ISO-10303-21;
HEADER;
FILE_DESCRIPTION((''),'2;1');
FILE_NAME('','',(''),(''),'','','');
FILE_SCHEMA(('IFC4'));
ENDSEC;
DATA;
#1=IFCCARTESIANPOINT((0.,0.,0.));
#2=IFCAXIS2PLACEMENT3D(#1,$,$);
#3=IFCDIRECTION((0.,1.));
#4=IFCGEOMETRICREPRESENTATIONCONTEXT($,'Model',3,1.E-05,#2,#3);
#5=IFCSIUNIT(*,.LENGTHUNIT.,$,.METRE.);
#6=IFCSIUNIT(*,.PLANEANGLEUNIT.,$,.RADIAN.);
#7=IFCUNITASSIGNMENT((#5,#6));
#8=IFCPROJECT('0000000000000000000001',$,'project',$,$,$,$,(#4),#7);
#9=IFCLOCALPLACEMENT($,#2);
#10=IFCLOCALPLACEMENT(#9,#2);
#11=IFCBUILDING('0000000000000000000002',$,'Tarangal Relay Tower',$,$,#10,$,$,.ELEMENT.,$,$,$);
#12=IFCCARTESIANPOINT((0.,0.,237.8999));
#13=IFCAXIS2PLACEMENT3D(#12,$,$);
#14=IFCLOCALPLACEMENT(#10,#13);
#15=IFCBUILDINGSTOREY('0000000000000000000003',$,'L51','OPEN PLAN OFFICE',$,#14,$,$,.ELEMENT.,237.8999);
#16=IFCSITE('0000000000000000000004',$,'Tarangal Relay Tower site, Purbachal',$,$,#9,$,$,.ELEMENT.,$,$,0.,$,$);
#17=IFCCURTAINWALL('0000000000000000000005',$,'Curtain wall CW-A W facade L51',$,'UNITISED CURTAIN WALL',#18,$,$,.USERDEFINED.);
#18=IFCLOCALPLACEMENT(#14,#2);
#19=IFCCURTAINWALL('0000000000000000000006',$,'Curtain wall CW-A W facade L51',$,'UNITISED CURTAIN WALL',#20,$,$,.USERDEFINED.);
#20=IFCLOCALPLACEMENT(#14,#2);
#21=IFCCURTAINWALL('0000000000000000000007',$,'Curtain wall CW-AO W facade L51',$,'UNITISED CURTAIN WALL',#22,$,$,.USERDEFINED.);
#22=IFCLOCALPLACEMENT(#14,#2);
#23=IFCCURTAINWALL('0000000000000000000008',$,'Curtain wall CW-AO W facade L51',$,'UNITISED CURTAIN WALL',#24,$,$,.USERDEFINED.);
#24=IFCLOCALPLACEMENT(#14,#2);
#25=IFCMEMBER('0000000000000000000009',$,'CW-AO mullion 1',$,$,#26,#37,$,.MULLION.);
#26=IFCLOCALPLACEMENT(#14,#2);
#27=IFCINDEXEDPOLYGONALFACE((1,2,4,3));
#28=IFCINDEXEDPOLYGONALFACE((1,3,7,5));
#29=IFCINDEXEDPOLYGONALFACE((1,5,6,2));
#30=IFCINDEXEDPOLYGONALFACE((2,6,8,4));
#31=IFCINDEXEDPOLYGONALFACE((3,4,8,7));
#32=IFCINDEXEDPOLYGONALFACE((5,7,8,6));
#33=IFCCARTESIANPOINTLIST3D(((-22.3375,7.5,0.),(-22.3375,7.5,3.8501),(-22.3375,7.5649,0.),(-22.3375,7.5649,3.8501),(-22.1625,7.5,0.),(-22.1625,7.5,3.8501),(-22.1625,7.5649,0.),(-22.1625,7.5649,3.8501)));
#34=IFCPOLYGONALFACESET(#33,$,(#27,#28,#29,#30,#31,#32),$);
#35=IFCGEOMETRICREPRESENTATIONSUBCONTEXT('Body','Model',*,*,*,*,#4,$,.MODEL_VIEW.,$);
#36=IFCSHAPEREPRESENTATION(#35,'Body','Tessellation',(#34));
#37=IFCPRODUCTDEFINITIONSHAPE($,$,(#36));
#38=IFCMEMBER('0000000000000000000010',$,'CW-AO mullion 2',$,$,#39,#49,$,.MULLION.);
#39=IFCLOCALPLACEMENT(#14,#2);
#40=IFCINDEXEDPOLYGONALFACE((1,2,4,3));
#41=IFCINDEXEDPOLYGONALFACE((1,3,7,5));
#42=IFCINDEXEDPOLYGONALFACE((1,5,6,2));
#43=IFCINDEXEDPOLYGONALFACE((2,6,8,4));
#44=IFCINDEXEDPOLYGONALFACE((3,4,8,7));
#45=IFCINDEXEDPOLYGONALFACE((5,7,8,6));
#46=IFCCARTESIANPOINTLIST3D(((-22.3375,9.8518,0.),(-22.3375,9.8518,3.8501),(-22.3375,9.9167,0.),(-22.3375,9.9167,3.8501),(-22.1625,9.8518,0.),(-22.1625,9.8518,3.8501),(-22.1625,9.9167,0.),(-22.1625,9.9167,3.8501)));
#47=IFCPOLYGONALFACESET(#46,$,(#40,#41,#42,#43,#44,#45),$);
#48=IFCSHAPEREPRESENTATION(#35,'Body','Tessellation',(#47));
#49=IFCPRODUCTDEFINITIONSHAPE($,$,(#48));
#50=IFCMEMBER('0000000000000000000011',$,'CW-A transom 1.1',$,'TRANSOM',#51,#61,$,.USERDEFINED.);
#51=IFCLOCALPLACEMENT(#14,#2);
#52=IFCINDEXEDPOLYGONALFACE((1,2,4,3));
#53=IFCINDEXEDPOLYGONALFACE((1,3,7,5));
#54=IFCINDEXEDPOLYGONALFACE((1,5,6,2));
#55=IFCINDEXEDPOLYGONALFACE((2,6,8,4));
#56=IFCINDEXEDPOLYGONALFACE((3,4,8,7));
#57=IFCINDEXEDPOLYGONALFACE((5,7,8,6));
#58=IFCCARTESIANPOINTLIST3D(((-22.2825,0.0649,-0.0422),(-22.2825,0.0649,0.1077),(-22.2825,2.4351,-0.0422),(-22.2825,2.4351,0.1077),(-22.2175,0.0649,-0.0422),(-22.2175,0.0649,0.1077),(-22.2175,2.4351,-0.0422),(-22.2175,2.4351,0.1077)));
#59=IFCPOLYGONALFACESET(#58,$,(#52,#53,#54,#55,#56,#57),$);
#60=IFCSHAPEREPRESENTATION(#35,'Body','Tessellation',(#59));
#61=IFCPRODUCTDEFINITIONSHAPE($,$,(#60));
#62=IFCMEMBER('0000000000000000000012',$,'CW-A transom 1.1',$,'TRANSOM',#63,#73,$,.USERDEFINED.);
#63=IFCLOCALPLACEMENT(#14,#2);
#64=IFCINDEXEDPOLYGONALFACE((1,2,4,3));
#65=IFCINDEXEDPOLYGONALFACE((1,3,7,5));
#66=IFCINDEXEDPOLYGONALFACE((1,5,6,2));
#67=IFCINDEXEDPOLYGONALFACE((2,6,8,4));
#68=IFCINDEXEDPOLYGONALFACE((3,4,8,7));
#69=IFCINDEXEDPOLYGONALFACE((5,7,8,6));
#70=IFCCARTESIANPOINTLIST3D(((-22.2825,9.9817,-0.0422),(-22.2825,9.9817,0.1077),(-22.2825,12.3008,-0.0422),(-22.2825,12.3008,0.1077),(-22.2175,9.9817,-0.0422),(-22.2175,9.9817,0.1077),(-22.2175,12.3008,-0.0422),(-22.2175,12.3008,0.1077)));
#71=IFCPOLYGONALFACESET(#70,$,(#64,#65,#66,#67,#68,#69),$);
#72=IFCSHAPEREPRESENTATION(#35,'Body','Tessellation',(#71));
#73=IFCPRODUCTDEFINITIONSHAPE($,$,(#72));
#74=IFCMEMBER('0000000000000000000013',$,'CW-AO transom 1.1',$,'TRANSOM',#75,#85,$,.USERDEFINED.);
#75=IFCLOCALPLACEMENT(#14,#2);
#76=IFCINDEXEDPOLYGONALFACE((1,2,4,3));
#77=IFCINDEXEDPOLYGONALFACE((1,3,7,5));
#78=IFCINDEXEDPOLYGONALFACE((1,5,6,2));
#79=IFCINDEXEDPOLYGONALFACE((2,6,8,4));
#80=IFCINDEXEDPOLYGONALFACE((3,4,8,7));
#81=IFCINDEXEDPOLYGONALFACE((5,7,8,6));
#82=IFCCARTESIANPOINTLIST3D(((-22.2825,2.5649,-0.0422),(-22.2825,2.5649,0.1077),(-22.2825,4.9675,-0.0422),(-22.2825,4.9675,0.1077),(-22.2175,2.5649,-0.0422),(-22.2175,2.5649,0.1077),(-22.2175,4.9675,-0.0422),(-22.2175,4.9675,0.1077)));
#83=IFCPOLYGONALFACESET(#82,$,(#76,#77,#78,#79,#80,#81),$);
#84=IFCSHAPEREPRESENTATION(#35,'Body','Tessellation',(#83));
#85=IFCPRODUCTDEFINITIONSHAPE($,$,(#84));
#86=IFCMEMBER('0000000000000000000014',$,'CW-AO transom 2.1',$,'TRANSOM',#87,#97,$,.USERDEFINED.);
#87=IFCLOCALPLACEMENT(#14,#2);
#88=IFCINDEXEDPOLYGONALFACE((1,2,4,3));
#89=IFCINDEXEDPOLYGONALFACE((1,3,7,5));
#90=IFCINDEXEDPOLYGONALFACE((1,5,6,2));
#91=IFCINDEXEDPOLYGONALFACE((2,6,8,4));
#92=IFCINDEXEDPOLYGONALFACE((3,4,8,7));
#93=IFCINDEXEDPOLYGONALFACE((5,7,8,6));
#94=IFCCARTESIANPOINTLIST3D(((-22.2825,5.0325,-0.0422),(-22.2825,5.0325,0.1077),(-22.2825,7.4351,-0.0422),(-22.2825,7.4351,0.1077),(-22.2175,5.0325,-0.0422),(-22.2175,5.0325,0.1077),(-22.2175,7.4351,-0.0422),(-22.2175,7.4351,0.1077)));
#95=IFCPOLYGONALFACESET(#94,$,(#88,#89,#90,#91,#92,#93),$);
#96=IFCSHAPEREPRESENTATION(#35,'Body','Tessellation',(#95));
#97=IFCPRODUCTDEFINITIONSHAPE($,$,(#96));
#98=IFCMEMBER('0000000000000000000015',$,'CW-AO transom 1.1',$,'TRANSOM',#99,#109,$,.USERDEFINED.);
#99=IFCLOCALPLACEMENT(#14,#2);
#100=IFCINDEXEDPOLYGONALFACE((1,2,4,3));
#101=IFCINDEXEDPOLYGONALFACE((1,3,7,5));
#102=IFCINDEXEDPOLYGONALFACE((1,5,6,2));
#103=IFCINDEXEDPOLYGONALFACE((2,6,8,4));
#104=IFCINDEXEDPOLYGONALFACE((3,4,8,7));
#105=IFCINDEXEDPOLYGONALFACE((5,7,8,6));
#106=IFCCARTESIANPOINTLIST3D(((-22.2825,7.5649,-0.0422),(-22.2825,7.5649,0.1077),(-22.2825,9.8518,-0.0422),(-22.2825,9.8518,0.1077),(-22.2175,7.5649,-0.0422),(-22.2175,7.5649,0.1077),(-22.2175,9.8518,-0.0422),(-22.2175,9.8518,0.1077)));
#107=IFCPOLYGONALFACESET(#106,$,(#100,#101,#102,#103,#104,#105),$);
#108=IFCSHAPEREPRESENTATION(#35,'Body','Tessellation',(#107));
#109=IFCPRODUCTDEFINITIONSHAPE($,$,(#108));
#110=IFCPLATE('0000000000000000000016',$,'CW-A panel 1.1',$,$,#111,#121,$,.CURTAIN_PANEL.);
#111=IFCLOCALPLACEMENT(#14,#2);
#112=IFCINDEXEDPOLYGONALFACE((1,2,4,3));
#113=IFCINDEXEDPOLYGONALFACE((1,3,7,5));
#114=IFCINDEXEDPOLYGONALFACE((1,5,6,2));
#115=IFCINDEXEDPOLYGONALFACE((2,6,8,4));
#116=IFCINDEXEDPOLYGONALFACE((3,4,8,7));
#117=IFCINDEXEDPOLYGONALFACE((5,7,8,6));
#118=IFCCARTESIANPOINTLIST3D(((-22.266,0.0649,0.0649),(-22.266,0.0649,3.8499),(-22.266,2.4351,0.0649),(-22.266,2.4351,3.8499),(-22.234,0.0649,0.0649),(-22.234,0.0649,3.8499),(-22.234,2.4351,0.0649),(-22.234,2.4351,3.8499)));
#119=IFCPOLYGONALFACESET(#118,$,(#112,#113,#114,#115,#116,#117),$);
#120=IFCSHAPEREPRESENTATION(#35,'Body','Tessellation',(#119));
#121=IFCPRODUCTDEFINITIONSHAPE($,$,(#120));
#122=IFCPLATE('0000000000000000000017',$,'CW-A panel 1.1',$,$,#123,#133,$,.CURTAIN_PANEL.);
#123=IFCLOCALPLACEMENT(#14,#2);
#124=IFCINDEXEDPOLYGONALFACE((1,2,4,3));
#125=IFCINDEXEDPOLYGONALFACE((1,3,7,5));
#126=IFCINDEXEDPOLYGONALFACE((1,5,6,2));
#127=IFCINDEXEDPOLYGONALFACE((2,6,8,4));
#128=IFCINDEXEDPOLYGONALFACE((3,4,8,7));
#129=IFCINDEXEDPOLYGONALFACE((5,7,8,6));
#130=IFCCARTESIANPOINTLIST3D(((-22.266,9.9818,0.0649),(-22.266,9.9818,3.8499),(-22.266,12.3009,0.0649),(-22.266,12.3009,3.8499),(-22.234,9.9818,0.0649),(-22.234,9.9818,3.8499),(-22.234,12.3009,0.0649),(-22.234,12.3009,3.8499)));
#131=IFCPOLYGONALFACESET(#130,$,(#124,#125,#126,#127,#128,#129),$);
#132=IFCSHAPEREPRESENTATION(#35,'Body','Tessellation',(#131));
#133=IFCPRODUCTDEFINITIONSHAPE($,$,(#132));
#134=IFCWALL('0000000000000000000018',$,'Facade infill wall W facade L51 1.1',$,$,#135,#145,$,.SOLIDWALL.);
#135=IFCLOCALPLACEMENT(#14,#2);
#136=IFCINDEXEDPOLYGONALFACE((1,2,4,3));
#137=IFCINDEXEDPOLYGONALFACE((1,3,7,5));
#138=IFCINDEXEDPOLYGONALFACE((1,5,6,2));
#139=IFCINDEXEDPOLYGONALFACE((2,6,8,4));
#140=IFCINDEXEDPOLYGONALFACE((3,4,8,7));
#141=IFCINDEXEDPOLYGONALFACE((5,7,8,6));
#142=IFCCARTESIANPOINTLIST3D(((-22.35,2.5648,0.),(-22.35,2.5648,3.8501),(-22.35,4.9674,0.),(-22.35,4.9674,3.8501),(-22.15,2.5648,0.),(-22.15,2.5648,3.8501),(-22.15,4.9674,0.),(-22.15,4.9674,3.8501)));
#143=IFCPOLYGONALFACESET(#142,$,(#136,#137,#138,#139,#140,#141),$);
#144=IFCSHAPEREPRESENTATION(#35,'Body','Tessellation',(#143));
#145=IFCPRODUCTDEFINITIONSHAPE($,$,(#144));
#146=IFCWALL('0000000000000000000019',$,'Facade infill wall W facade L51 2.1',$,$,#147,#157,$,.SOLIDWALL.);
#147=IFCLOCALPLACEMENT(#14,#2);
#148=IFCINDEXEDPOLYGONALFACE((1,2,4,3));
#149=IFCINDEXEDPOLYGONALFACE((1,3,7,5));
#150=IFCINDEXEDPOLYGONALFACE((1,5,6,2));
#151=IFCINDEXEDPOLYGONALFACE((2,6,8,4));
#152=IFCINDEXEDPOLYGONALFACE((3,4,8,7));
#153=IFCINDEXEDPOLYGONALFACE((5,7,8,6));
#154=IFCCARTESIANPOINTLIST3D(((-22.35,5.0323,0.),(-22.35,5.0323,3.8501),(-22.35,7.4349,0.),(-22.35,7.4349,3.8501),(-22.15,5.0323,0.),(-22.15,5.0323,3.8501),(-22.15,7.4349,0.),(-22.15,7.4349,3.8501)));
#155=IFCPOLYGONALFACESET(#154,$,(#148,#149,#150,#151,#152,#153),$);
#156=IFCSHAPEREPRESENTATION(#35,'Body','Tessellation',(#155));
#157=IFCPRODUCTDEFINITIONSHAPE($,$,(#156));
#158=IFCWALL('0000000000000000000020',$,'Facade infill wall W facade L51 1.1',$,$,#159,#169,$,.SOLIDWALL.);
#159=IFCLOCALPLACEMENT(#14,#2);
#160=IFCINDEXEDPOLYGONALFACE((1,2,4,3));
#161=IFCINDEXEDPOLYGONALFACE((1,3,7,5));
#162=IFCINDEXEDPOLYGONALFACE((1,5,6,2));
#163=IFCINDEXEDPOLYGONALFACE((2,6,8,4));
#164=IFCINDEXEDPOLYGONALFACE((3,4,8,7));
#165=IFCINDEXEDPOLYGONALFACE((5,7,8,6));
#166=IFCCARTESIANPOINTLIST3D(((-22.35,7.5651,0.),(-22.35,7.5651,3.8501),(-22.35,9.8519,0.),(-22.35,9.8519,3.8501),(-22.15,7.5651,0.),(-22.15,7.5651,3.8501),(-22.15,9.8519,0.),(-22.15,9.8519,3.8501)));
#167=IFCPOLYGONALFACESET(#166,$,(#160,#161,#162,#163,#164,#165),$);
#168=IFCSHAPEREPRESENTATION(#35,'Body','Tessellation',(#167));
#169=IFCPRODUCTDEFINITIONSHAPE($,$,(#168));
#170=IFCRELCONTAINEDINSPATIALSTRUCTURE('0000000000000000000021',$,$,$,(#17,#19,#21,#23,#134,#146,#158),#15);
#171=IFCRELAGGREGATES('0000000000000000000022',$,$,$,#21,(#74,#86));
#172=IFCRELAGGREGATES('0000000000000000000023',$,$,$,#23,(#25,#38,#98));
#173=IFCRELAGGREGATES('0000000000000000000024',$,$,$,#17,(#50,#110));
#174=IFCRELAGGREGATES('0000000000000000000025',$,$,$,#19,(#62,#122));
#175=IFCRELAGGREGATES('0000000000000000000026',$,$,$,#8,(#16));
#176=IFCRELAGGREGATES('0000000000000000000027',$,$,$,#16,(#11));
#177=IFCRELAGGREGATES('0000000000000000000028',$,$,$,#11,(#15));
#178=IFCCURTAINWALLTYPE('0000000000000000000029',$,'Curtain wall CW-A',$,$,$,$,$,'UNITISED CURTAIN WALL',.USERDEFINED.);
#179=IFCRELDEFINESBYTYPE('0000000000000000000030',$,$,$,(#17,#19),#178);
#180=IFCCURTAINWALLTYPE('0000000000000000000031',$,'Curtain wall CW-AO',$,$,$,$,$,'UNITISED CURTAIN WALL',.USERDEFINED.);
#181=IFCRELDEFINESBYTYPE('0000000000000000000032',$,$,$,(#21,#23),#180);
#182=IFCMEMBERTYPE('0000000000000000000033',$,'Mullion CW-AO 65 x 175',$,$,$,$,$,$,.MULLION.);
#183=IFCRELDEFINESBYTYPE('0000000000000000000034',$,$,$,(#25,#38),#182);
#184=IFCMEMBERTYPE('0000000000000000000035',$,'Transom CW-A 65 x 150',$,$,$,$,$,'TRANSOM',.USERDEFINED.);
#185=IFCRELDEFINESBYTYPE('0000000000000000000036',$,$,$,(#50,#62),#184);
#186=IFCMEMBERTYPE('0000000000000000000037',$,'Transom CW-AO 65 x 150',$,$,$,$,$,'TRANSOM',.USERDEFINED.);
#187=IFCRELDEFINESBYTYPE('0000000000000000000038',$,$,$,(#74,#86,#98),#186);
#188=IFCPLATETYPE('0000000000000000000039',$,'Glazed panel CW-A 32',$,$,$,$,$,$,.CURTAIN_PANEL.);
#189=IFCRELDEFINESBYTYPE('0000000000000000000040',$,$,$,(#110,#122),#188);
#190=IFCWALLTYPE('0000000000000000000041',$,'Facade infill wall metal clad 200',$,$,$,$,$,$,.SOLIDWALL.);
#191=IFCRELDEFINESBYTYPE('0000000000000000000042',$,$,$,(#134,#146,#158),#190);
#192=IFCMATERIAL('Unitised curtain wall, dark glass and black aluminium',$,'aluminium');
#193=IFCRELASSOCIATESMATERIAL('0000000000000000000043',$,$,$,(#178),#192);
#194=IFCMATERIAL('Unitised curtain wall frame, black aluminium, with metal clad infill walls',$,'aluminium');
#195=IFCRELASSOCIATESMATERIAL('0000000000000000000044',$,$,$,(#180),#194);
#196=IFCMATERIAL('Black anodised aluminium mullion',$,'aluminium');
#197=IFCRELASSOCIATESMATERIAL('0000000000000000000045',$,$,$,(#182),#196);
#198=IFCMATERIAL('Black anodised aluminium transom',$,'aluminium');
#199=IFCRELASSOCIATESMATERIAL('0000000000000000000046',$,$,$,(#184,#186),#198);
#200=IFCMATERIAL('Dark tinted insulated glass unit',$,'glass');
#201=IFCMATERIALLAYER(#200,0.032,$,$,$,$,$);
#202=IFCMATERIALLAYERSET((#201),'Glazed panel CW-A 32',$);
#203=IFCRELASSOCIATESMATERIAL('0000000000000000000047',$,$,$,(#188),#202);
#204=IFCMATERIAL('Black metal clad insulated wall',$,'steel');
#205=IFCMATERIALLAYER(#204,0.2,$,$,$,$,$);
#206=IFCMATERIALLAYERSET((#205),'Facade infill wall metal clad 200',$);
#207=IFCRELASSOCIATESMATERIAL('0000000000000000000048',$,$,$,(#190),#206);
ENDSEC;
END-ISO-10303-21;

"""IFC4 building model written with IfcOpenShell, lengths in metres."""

from ifc_helpers import new_model, si_unit, direction, frame, frame_2d, origin, origin_2d, place, context, subcontext, project, spatial, rectangle, extrude, material, layer, layer_set, material_profile, profile_set, type_object, element, aggregate, save


model = new_model("IFC4")

# Units and contexts
model_context = context("Model", 3, precision=1e-05, world=origin(), true_north=direction((0.0, 1.0)))
body_context = subcontext(model_context, "Body", "Model", "MODEL_VIEW")
ifc_project = project(units=[si_unit("LENGTHUNIT", "METRE"), si_unit("PLANEANGLEUNIT", "RADIAN")], contexts=[model_context])

# Site, building, storey
site_placement = place(None, origin())
site = spatial("IfcSite", under=ifc_project, at=site_placement, Name="Tarangal Relay Tower site, Purbachal", CompositionType="ELEMENT", RefElevation=0.0)
building_placement = place(site_placement, origin())
building = spatial("IfcBuilding", under=site, at=building_placement, Name="Tarangal Relay Tower", CompositionType="ELEMENT")
storey_placement = place(building_placement, frame((0.0, 0.0, 237.8999)))
storey = spatial("IfcBuildingStorey", under=building, at=storey_placement, Name="L51", Description="OPEN PLAN OFFICE", CompositionType="ELEMENT", Elevation=237.8999)

# Curtain wall
ifc_material_1 = material(Name="Unitised curtain wall, dark glass and black aluminium", Category="aluminium")
curtain_wall_type_1 = type_object("IfcCurtainWallType", Name="Curtain wall CW-A", ElementType="UNITISED CURTAIN WALL", PredefinedType="USERDEFINED", material=ifc_material_1)
curtain_wall_1_placement = place(storey_placement, origin())
curtain_wall_1 = element("IfcCurtainWall", 1, at=curtain_wall_1_placement, inside=storey, type_object=curtain_wall_type_1, Name="Curtain wall CW-A W facade L51", ObjectType="UNITISED CURTAIN WALL", PredefinedType="USERDEFINED")
ifc_material_2 = material(Name="Black anodised aluminium mullion", Category="aluminium")

# Curtain wall
curtain_wall_2_placement = place(storey_placement, origin())
curtain_wall_2 = element("IfcCurtainWall", 2, at=curtain_wall_2_placement, inside=storey, type_object=curtain_wall_type_1, Name="Curtain wall CW-A W facade L51", ObjectType="UNITISED CURTAIN WALL", PredefinedType="USERDEFINED")

# Curtain walls, members
ifc_material_3 = material(Name="Unitised curtain wall frame, black aluminium, with metal clad infill walls", Category="aluminium")
curtain_wall_type_2 = type_object("IfcCurtainWallType", Name="Curtain wall CW-AO", ElementType="UNITISED CURTAIN WALL", PredefinedType="USERDEFINED", material=ifc_material_3)
curtain_wall_3_placement = place(storey_placement, origin())
curtain_wall_3 = element("IfcCurtainWall", 3, at=curtain_wall_3_placement, inside=storey, type_object=curtain_wall_type_2, Name="Curtain wall CW-AO W facade L51", ObjectType="UNITISED CURTAIN WALL", PredefinedType="USERDEFINED")
ifc_material_profile_1 = material_profile(ifc_material_2, rectangle(XDim=0.175, YDim=0.0649, at=origin_2d()), Name="CW-AOM 65X175")
ifc_profile_set_1 = profile_set([ifc_material_profile_1], Name="Black anodised aluminium mullion")
member_type_1 = type_object("IfcMemberType", Name="Mullion CW-AO 65 x 175", PredefinedType="MULLION", material=ifc_profile_set_1)
curtain_wall_4_placement = place(storey_placement, origin())
curtain_wall_4 = element("IfcCurtainWall", 4, at=curtain_wall_4_placement, inside=storey, type_object=curtain_wall_type_2, Name="Curtain wall CW-AO W facade L51", ObjectType="UNITISED CURTAIN WALL", PredefinedType="USERDEFINED")
member_1_placement = place(storey_placement, frame((-22.25, 7.5325, 0.0), z_axis=(0.0, 0.0, 1.0), x_axis=(-1.0, 0.0, 0.0)))
member_1 = element("IfcMember", 5, at=member_1_placement, type_object=member_type_1, Name="CW-AO mullion 1", PredefinedType="MULLION", context=body_context, shape_type="SweptSolid", body=[
    extrude(rectangle(XDim=0.175, YDim=0.0649, at=origin_2d()), origin(), (0.0, 0.0, 1.0), 3.8501),
])
member_2_placement = place(storey_placement, frame((-22.25, 9.8843, 0.0), z_axis=(0.0, 0.0, 1.0), x_axis=(-1.0, 0.0, 0.0)))
member_2 = element("IfcMember", 6, at=member_2_placement, type_object=member_type_1, Name="CW-AO mullion 2", PredefinedType="MULLION", context=body_context, shape_type="SweptSolid", body=[
    extrude(rectangle(XDim=0.175, YDim=0.0649, at=origin_2d()), origin(), (0.0, 0.0, 1.0), 3.8501),
])

# Members
ifc_material_4 = material(Name="Black anodised aluminium transom", Category="aluminium")
ifc_material_profile_2 = material_profile(ifc_material_4, rectangle(XDim=0.0649, YDim=0.1499, at=origin_2d()), Name="CW-AT 65X150")
ifc_profile_set_2 = profile_set([ifc_material_profile_2], Name="Black anodised aluminium transom")
member_type_2 = type_object("IfcMemberType", Name="Transom CW-A 65 x 150", ElementType="TRANSOM", PredefinedType="USERDEFINED", material=ifc_profile_set_2)
member_3_placement = place(storey_placement, frame((-22.25, 0.0649, 0.0327), z_axis=(0.0, 1.0, 0.0), x_axis=(-1.0, 0.0, 0.0)))
member_3 = element("IfcMember", 7, at=member_3_placement, type_object=member_type_2, Name="CW-A transom 1.1", ObjectType="TRANSOM", PredefinedType="USERDEFINED", context=body_context, shape_type="SweptSolid", body=[
    extrude(rectangle(XDim=0.0649, YDim=0.1499, at=origin_2d()), origin(), (0.0, 0.0, 1.0), 2.3701),
])
member_4_placement = place(storey_placement, frame((-22.25, 9.9817, 0.0327), z_axis=(0.0, 1.0, 0.0), x_axis=(-1.0, 0.0, 0.0)))
member_4 = element("IfcMember", 8, at=member_4_placement, type_object=member_type_2, Name="CW-A transom 1.1", ObjectType="TRANSOM", PredefinedType="USERDEFINED", context=body_context, shape_type="SweptSolid", body=[
    extrude(rectangle(XDim=0.0649, YDim=0.1499, at=origin_2d()), origin(), (0.0, 0.0, 1.0), 2.3191),
])
ifc_material_profile_3 = material_profile(ifc_material_4, rectangle(XDim=0.0649, YDim=0.1499, at=origin_2d()), Name="CW-AOT 65X150")
ifc_profile_set_3 = profile_set([ifc_material_profile_3], Name="Black anodised aluminium transom")
member_type_3 = type_object("IfcMemberType", Name="Transom CW-AO 65 x 150", ElementType="TRANSOM", PredefinedType="USERDEFINED", material=ifc_profile_set_3)
member_5_placement = place(storey_placement, frame((-22.25, 2.5649, 0.0327), z_axis=(0.0, 1.0, 0.0), x_axis=(-1.0, 0.0, 0.0)))
member_5 = element("IfcMember", 9, at=member_5_placement, type_object=member_type_3, Name="CW-AO transom 1.1", ObjectType="TRANSOM", PredefinedType="USERDEFINED", context=body_context, shape_type="SweptSolid", body=[
    extrude(rectangle(XDim=0.0649, YDim=0.1499, at=origin_2d()), origin(), (0.0, 0.0, 1.0), 2.4026),
])
member_6_placement = place(storey_placement, frame((-22.25, 5.0325, 0.0327), z_axis=(0.0, 1.0, 0.0), x_axis=(-1.0, 0.0, 0.0)))
member_6 = element("IfcMember", 10, at=member_6_placement, type_object=member_type_3, Name="CW-AO transom 2.1", ObjectType="TRANSOM", PredefinedType="USERDEFINED", context=body_context, shape_type="SweptSolid", body=[
    extrude(rectangle(XDim=0.0649, YDim=0.1499, at=origin_2d()), origin(), (0.0, 0.0, 1.0), 2.4026),
])
aggregate(curtain_wall_3, [member_5, member_6])
member_7_placement = place(storey_placement, frame((-22.25, 7.5649, 0.0327), z_axis=(0.0, 1.0, 0.0), x_axis=(-1.0, 0.0, 0.0)))
member_7 = element("IfcMember", 11, at=member_7_placement, type_object=member_type_3, Name="CW-AO transom 1.1", ObjectType="TRANSOM", PredefinedType="USERDEFINED", context=body_context, shape_type="SweptSolid", body=[
    extrude(rectangle(XDim=0.0649, YDim=0.1499, at=origin_2d()), origin(), (0.0, 0.0, 1.0), 2.2869),
])
aggregate(curtain_wall_4, [member_1, member_2, member_7])

# Plates
ifc_material_5 = material(Name="Dark tinted insulated glass unit", Category="glass")
ifc_layer_1 = layer(ifc_material_5, 0.032)
ifc_layer_set_1 = layer_set([ifc_layer_1], Name="Glazed panel CW-A 32")
plate_type = type_object("IfcPlateType", Name="Glazed panel CW-A 32", PredefinedType="CURTAIN_PANEL", material=ifc_layer_set_1)
plate_1_placement = place(storey_placement, frame((-22.25, 1.25, 0.0649), z_axis=(0.0, 0.0, 1.0), x_axis=(0.0, 1.0, 0.0)))
plate_1 = element("IfcPlate", 12, at=plate_1_placement, type_object=plate_type, Name="CW-A panel 1.1", PredefinedType="CURTAIN_PANEL", context=body_context, shape_type="SweptSolid", body=[
    extrude(rectangle(XDim=2.3701, YDim=0.032, at=origin_2d()), origin(), (0.0, 0.0, 1.0), 3.7849),
])
aggregate(curtain_wall_1, [member_3, plate_1])
plate_2_placement = place(storey_placement, frame((-22.25, 11.1414, 0.0649), z_axis=(0.0, 0.0, 1.0), x_axis=(0.0, 1.0, 0.0)))
plate_2 = element("IfcPlate", 13, at=plate_2_placement, type_object=plate_type, Name="CW-A panel 1.1", PredefinedType="CURTAIN_PANEL", context=body_context, shape_type="SweptSolid", body=[
    extrude(rectangle(XDim=2.3191, YDim=0.032, at=origin_2d()), origin(), (0.0, 0.0, 1.0), 3.7849),
])
aggregate(curtain_wall_2, [member_4, plate_2])

# Walls
ifc_material_6 = material(Name="Black metal clad insulated wall", Category="steel")
ifc_layer_2 = layer(ifc_material_6, 0.2)
ifc_layer_set_2 = layer_set([ifc_layer_2], Name="Facade infill wall metal clad 200")
wall_type_1 = type_object("IfcWallType", Name="Facade infill wall metal clad 200", PredefinedType="SOLIDWALL", material=ifc_layer_set_2)
for number, where, z_axis, x_axis, name in (
    (14, (-22.25, 2.5649, 0.0), (0.0, 0.0, 1.0), (0.0, 1.0, 0.0), "Facade infill wall W facade L51 1.1"),
    (15, (-22.25, 5.0325, 0.0), (0.0, 0.0, 1.0), (0.0, 1.0, 0.0), "Facade infill wall W facade L51 2.1"),
):
    element("IfcWall", number, at=place(storey_placement, frame(where, z_axis=z_axis, x_axis=x_axis)), inside=storey, type_object=wall_type_1, Name=name, PredefinedType="SOLIDWALL", context=body_context, shape_type="SweptSolid", body=[
        extrude(rectangle(XDim=2.4026, YDim=0.2, at=frame_2d((1.2012, 0.0))), origin(), (0.0, 0.0, 1.0), 3.8501),
    ])
wall_1_placement = place(storey_placement, frame((-22.25, 7.5649, 0.0), z_axis=(0.0, 0.0, 1.0), x_axis=(0.0, 1.0, 0.0)))
element("IfcWall", 16, at=wall_1_placement, inside=storey, type_object=wall_type_1, Name="Facade infill wall W facade L51 1.1", PredefinedType="SOLIDWALL", context=body_context, shape_type="SweptSolid", body=[
    extrude(rectangle(XDim=2.2869, YDim=0.2, at=frame_2d((1.1436, 0.0))), origin(), (0.0, 0.0, 1.0), 3.8501),
])

save(model, "model.ifc")
